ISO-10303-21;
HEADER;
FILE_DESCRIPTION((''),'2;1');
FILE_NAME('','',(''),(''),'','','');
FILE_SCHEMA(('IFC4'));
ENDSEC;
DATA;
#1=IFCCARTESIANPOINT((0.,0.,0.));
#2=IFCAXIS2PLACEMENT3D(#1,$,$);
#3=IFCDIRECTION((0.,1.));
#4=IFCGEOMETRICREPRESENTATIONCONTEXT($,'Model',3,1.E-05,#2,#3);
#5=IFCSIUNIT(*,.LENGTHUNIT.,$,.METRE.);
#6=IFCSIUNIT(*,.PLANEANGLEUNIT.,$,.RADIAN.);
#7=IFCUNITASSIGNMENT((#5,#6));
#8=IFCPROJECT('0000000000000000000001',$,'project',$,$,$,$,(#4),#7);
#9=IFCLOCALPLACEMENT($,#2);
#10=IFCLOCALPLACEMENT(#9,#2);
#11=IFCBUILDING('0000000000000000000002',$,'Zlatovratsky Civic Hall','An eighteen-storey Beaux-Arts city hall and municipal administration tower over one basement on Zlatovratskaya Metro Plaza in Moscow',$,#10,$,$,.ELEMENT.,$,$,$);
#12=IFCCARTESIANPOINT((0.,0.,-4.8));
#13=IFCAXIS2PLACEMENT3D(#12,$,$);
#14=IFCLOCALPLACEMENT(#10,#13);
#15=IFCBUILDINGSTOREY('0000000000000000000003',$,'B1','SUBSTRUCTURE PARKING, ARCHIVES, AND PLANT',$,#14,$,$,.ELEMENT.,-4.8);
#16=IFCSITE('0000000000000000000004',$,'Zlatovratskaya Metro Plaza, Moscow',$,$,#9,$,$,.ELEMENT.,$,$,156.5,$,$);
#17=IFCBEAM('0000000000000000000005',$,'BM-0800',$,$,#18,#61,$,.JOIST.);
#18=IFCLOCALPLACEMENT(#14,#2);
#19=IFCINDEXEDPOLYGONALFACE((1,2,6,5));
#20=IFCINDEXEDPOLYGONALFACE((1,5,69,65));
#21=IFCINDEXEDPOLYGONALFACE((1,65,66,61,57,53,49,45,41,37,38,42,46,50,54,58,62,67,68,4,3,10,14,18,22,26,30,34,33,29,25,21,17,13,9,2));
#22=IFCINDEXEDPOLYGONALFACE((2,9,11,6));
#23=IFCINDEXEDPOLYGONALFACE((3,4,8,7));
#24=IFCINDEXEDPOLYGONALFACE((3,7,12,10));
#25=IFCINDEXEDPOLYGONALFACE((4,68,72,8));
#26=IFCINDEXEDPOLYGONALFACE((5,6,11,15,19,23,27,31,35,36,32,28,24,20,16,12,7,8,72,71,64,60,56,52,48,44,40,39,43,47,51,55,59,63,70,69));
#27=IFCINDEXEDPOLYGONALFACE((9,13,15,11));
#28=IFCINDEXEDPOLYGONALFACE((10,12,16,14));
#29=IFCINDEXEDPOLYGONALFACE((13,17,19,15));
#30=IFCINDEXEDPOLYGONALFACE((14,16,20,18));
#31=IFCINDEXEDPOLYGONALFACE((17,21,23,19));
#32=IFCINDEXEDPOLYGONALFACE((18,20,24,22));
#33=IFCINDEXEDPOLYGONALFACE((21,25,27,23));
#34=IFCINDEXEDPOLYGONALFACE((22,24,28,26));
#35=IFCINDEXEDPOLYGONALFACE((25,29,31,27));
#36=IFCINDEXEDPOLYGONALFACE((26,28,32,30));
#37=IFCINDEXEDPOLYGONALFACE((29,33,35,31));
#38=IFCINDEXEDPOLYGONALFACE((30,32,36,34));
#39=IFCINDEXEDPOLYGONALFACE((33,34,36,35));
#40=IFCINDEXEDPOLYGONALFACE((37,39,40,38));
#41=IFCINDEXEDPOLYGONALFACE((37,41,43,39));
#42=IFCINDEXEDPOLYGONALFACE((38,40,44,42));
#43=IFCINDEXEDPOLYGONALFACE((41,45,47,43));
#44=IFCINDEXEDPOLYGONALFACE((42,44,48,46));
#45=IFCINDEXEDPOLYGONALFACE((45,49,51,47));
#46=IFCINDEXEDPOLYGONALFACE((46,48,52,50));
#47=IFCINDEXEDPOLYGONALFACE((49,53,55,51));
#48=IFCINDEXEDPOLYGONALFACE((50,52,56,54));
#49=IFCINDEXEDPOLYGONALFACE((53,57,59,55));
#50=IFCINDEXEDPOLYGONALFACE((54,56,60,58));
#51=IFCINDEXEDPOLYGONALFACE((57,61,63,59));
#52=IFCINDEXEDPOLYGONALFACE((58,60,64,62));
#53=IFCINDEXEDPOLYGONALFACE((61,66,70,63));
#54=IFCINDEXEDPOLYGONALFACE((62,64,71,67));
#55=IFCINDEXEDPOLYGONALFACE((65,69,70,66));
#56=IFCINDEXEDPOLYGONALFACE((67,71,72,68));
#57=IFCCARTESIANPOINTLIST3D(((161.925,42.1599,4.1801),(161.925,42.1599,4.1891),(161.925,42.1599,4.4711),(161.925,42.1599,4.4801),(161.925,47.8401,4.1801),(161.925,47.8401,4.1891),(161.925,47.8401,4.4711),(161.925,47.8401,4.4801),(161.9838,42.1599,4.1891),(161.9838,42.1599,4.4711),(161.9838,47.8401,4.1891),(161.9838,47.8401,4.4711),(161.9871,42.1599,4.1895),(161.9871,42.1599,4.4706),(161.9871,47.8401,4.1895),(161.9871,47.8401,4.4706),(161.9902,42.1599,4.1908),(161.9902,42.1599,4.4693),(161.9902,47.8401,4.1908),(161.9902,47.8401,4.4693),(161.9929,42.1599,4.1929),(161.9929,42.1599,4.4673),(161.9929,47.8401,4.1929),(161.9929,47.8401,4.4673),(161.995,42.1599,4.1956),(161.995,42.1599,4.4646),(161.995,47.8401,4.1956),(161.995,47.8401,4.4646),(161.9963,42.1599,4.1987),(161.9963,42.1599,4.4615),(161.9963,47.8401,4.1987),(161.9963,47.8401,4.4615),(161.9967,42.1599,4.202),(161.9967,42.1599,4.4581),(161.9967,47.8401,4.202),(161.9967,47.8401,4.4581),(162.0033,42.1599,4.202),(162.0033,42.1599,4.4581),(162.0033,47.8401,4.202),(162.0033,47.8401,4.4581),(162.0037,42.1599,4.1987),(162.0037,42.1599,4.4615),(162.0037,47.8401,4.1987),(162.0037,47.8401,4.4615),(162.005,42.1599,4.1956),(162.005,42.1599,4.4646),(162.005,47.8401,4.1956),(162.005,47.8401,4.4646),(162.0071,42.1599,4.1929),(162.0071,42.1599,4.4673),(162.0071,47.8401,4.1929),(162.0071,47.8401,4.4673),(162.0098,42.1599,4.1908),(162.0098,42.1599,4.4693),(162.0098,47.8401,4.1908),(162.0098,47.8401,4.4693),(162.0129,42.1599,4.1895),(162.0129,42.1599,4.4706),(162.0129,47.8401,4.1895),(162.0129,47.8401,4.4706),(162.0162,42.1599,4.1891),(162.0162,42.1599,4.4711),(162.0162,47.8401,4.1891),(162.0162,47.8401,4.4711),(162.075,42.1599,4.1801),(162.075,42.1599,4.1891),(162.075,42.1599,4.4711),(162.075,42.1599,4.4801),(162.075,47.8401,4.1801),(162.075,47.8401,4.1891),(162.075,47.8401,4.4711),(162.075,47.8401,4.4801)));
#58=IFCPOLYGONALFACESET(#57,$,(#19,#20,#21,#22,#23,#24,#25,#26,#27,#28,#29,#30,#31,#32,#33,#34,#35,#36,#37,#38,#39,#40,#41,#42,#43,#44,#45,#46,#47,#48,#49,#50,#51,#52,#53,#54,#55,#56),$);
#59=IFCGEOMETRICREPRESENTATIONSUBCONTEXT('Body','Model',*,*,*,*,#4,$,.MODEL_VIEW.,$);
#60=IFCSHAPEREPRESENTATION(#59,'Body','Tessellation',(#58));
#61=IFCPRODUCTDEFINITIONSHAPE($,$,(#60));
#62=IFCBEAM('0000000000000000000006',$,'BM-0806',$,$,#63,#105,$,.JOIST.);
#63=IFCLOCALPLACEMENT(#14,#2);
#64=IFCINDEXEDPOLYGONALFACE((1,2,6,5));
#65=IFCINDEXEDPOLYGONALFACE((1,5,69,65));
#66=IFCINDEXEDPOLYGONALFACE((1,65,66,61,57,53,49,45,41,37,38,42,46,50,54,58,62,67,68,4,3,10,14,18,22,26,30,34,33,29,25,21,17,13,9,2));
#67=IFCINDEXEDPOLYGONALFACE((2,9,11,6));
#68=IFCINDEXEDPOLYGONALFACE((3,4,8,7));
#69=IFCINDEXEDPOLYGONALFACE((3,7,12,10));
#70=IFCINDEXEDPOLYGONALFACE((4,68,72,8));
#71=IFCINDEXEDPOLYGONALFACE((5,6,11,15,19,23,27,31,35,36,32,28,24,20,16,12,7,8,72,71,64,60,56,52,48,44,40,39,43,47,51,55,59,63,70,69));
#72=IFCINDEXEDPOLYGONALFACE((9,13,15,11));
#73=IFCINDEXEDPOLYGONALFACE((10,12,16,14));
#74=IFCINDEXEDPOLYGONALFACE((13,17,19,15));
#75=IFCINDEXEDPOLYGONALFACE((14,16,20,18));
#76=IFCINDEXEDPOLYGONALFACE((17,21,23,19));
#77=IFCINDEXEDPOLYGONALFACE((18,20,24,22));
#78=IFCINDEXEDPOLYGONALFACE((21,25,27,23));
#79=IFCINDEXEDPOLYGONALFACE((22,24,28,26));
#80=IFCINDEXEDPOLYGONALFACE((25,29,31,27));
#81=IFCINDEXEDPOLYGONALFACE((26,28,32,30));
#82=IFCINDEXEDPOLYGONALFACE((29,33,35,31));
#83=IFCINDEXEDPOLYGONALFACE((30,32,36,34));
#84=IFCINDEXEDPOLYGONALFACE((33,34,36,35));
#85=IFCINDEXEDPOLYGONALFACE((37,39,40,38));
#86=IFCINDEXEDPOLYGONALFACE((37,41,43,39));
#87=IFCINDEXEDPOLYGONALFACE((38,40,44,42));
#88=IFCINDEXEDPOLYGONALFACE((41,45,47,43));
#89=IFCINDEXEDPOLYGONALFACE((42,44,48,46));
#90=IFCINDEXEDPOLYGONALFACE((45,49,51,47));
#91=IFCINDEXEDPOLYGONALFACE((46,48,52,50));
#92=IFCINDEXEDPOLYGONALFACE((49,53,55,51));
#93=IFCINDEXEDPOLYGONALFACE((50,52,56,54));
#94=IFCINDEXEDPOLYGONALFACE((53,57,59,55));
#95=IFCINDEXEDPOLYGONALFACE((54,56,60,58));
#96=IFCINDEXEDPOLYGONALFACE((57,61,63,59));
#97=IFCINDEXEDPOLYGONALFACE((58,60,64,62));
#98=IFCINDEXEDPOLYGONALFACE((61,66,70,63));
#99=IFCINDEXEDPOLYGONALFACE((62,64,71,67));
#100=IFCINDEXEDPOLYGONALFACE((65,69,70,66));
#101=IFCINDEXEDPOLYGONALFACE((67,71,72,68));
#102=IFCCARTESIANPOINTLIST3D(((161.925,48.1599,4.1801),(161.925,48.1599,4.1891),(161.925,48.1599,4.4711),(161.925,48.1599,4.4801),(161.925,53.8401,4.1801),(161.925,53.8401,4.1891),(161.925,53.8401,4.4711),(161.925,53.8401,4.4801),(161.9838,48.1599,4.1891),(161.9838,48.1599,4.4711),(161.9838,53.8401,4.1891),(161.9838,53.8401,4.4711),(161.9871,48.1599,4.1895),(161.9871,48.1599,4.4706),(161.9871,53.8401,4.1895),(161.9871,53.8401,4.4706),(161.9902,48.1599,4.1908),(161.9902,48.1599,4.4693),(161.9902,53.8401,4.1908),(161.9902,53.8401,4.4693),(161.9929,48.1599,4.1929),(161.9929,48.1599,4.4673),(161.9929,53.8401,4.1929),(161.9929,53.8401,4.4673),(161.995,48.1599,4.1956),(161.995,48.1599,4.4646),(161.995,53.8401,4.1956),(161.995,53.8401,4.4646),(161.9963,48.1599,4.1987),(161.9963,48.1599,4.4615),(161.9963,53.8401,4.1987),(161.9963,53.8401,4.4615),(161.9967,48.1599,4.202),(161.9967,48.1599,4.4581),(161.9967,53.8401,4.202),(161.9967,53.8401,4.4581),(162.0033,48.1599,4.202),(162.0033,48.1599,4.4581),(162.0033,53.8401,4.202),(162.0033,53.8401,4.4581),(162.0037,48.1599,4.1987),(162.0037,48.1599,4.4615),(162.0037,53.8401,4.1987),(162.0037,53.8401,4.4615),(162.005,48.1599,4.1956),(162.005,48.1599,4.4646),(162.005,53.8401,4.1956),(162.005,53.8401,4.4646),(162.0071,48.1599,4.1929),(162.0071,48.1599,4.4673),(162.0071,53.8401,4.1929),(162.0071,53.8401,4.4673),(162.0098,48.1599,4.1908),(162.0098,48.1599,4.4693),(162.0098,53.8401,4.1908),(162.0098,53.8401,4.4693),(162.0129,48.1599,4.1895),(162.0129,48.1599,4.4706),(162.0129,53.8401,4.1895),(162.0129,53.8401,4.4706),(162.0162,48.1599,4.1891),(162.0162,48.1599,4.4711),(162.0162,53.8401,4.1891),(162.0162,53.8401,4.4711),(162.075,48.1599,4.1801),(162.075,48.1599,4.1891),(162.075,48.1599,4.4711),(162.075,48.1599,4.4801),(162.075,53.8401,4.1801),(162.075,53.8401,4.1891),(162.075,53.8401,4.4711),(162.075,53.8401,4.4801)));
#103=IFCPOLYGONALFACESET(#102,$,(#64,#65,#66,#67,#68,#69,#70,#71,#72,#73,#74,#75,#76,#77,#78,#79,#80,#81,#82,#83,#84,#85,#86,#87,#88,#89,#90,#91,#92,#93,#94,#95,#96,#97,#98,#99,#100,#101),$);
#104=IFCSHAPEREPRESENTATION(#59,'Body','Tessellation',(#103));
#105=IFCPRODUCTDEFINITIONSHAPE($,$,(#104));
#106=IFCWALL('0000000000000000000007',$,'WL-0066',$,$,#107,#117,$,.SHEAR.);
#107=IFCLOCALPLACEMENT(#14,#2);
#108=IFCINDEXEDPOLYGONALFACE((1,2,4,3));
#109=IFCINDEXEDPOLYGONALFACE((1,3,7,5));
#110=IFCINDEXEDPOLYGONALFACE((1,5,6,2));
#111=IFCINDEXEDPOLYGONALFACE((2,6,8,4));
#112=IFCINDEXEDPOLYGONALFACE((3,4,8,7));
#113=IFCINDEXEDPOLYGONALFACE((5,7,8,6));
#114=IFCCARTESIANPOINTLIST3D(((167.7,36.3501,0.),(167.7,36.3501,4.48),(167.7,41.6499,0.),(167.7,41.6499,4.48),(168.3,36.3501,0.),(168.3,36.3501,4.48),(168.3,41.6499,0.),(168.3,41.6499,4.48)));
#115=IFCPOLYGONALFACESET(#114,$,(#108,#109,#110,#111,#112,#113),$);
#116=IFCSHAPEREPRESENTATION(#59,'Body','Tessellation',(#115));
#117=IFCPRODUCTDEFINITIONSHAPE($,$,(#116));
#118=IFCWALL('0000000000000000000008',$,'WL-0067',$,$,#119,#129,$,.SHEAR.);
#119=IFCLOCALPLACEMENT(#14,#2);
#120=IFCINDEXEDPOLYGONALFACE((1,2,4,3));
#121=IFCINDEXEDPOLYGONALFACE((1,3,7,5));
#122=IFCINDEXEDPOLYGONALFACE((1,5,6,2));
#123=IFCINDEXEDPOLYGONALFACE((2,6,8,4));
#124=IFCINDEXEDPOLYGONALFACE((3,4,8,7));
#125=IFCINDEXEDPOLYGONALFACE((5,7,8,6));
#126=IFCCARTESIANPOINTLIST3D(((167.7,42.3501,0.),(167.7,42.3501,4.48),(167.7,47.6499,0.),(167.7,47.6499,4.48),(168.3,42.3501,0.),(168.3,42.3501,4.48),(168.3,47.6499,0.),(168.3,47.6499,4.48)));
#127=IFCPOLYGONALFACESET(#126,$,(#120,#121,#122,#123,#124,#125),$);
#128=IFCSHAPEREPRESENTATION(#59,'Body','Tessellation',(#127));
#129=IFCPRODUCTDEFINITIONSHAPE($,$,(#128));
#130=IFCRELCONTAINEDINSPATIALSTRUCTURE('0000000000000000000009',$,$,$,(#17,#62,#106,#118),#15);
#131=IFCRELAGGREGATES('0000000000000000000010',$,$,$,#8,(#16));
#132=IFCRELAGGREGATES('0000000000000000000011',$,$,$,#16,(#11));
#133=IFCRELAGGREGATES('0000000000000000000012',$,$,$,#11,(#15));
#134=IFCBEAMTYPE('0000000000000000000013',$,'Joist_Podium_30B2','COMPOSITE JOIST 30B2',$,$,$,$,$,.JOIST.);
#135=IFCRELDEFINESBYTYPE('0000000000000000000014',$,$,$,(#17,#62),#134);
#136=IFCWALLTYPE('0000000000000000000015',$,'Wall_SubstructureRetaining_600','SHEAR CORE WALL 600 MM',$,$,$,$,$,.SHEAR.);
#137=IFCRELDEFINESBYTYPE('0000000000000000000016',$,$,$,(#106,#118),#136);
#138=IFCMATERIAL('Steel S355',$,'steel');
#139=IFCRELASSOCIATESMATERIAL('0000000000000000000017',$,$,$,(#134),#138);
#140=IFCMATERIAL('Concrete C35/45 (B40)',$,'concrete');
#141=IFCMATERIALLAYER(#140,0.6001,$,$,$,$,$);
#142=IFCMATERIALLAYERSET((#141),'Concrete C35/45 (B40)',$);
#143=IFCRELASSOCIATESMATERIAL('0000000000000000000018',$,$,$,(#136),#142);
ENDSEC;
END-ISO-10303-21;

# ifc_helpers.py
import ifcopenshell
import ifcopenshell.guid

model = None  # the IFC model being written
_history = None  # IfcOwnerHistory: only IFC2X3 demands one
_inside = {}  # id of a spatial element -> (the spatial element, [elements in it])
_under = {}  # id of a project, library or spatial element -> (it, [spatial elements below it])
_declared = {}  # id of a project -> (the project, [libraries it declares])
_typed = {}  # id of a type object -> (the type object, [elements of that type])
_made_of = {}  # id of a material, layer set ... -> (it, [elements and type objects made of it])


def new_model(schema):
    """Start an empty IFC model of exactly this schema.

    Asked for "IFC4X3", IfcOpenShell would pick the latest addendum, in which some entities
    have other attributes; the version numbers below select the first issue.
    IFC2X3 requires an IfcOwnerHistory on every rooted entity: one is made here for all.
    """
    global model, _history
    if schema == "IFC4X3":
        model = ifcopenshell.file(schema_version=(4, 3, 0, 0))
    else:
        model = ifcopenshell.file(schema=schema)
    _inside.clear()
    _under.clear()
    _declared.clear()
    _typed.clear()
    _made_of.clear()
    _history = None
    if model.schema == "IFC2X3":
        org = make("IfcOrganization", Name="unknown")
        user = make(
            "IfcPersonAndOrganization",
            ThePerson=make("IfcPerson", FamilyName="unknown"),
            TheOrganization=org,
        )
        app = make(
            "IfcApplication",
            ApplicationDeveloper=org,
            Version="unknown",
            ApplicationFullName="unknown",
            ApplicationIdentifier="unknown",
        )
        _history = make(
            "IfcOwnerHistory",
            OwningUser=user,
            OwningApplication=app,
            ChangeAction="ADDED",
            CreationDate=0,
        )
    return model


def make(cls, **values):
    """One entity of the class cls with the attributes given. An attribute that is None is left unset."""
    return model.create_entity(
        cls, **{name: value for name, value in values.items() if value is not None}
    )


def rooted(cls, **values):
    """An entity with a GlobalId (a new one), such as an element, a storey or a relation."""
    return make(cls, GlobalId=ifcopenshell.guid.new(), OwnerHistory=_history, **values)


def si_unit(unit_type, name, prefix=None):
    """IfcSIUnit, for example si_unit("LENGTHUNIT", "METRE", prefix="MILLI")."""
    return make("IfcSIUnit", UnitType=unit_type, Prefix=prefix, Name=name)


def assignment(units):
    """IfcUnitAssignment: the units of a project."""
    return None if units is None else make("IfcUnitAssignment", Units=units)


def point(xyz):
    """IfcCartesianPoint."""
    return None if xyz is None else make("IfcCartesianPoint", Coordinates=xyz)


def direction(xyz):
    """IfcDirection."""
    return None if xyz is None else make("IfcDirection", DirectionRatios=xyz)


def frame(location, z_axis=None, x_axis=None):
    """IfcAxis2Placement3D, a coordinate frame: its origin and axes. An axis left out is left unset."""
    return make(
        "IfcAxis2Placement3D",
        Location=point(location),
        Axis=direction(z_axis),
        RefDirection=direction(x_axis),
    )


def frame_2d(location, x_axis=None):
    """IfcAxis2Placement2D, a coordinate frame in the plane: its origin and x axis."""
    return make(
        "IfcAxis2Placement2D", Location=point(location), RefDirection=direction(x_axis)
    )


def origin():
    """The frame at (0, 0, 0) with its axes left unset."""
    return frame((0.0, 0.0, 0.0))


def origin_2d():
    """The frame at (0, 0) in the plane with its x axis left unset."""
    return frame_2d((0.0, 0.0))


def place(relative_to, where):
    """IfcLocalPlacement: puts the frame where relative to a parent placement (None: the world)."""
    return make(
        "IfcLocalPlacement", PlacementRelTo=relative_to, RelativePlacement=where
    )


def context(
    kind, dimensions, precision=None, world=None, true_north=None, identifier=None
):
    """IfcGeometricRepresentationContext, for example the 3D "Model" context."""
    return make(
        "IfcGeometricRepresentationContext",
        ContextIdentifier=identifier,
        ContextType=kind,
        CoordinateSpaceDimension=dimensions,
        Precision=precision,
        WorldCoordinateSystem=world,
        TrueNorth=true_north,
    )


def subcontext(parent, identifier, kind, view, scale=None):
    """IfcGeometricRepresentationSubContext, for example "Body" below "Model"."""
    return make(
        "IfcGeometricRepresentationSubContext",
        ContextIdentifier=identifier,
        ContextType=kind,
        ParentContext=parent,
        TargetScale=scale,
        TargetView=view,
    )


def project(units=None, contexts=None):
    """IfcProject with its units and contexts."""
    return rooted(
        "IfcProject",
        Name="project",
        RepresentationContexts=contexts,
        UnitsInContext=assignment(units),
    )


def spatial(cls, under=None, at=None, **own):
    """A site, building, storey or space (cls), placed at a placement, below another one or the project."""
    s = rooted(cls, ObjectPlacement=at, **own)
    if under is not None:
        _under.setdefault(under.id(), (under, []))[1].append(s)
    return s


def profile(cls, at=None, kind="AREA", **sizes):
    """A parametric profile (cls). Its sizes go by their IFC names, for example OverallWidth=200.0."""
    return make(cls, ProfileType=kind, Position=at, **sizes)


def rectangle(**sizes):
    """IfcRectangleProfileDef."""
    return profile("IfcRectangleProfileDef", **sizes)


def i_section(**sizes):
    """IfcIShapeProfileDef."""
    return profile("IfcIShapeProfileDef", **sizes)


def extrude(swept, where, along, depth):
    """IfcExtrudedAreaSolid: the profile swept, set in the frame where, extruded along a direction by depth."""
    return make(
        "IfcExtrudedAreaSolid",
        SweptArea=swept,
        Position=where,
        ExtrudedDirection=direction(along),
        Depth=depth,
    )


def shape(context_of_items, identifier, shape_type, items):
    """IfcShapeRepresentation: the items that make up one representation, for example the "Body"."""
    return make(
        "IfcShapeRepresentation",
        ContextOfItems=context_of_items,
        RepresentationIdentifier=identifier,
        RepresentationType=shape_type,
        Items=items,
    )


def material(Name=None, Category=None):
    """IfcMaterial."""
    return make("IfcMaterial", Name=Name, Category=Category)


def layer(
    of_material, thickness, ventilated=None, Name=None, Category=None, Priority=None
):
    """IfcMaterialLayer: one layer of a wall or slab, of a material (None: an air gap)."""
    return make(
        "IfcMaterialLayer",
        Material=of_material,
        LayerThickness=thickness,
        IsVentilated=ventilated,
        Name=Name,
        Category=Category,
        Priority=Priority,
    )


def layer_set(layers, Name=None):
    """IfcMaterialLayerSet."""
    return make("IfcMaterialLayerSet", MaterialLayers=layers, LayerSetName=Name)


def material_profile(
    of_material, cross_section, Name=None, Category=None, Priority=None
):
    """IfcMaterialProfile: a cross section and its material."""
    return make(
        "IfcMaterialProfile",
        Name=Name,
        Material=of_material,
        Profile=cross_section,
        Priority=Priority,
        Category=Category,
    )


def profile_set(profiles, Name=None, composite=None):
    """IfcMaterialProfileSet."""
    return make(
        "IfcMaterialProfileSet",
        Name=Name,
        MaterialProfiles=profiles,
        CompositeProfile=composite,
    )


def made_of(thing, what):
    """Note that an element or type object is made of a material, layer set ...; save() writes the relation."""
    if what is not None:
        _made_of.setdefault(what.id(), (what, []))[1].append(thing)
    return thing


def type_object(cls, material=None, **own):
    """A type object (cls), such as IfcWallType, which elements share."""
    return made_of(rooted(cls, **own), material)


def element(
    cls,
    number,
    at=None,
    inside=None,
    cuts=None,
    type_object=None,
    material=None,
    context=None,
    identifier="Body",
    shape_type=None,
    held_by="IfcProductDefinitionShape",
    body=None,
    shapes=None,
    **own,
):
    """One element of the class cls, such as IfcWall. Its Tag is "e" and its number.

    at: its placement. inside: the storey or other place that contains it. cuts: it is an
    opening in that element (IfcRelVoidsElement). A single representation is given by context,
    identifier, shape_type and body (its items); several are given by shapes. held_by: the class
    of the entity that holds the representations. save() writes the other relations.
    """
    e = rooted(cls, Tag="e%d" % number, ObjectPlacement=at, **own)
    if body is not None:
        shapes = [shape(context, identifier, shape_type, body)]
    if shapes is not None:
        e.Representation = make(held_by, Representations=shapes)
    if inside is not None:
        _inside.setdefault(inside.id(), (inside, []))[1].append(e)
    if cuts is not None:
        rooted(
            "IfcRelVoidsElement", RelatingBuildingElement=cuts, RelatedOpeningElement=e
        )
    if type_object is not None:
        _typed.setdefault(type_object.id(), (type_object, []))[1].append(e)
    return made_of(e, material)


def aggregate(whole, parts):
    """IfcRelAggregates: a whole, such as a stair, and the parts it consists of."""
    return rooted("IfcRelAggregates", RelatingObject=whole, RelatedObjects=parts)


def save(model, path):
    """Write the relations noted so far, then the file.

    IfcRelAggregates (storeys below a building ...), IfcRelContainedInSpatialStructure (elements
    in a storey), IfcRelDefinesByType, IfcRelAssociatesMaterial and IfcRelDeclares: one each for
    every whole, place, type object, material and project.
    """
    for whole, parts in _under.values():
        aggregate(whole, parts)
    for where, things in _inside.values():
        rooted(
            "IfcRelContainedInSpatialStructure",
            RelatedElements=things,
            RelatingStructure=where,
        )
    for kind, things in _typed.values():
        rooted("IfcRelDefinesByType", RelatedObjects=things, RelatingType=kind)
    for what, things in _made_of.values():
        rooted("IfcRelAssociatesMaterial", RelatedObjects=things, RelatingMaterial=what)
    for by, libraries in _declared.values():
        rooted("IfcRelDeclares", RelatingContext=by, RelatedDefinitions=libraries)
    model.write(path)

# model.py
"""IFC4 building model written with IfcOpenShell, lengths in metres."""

from ifc_helpers import new_model, si_unit, direction, frame, frame_2d, origin, origin_2d, place, context, subcontext, project, spatial, rectangle, i_section, extrude, material, layer, layer_set, material_profile, profile_set, type_object, element, save


model = new_model("IFC4")

# Units and contexts
model_context = context("Model", 3, precision=1e-05, world=origin(), true_north=direction((0.0, 1.0)))
body_context = subcontext(model_context, "Body", "Model", "MODEL_VIEW")
ifc_project = project(units=[si_unit("LENGTHUNIT", "METRE"), si_unit("PLANEANGLEUNIT", "RADIAN")], contexts=[model_context])

# Site, building, storey
site_placement = place(None, origin())
site = spatial("IfcSite", under=ifc_project, at=site_placement, Name="Zlatovratskaya Metro Plaza, Moscow", CompositionType="ELEMENT", RefElevation=156.5)
building_placement = place(site_placement, origin())
building = spatial("IfcBuilding", under=site, at=building_placement, Name="Zlatovratsky Civic Hall", Description="An eighteen-storey Beaux-Arts city hall and municipal administration tower over one basement on Zlatovratskaya Metro Plaza in Moscow", CompositionType="ELEMENT")
storey_placement = place(building_placement, frame((0.0, 0.0, -4.8)))
storey = spatial("IfcBuildingStorey", under=building, at=storey_placement, Name="B1", Description="SUBSTRUCTURE PARKING, ARCHIVES, AND PLANT", CompositionType="ELEMENT", Elevation=-4.8)

# Shared definitions
ifc_material_1 = material(Name="Concrete C35/45 (B40)", Category="concrete")
ifc_material_2 = material(Name="Steel S355", Category="steel")

# Beams
ifc_material_profile_1 = material_profile(ifc_material_2, i_section(OverallWidth=0.1499, OverallDepth=0.3, WebThickness=0.0066, FlangeThickness=0.009, FilletRadius=0.0129, at=origin_2d()), Name="30B2")
ifc_profile_set_1 = profile_set([ifc_material_profile_1], Name="Steel S355")
beam_type_1 = type_object("IfcBeamType", Name="Joist_Podium_30B2", Description="COMPOSITE JOIST 30B2", PredefinedType="JOIST", material=ifc_profile_set_1)
for number, where, z_axis, x_axis, name in (
    (1, (162.0, 42.1599, 4.3301), (0.0, 1.0, 0.0), (-1.0, 0.0, 0.0), "BM-0800"),
    (2, (162.0, 48.1599, 4.3301), (0.0, 1.0, 0.0), (-1.0, 0.0, 0.0), "BM-0806"),
):
    element("IfcBeam", number, at=place(storey_placement, frame(where, z_axis=z_axis, x_axis=x_axis)), inside=storey, type_object=beam_type_1, Name=name, PredefinedType="JOIST", context=body_context, shape_type="SweptSolid", body=[
        extrude(i_section(OverallWidth=0.1499, OverallDepth=0.3, WebThickness=0.0066, FlangeThickness=0.009, FilletRadius=0.0129, at=origin_2d()), origin(), (0.0, 0.0, 1.0), 5.6802),
    ])

# Walls
ifc_layer = layer(ifc_material_1, 0.6001)
ifc_layer_set = layer_set([ifc_layer], Name="Concrete C35/45 (B40)")
wall_type = type_object("IfcWallType", Name="Wall_SubstructureRetaining_600", Description="SHEAR CORE WALL 600 MM", PredefinedType="SHEAR", material=ifc_layer_set)
for number, where, z_axis, x_axis, name in (
    (3, (168.0, 36.3501, 0.0), (0.0, 0.0, 1.0), (0.0, 1.0, 0.0), "WL-0066"),
    (4, (168.0, 42.3501, 0.0), (0.0, 0.0, 1.0), (0.0, 1.0, 0.0), "WL-0067"),
):
    element("IfcWall", number, at=place(storey_placement, frame(where, z_axis=z_axis, x_axis=x_axis)), inside=storey, type_object=wall_type, Name=name, PredefinedType="SHEAR", context=body_context, shape_type="SweptSolid", body=[
        extrude(rectangle(XDim=5.2998, YDim=0.6001, at=frame_2d((2.6499, 0.0))), origin(), (0.0, 0.0, 1.0), 4.48),
    ])

save(model, "model.ifc")
